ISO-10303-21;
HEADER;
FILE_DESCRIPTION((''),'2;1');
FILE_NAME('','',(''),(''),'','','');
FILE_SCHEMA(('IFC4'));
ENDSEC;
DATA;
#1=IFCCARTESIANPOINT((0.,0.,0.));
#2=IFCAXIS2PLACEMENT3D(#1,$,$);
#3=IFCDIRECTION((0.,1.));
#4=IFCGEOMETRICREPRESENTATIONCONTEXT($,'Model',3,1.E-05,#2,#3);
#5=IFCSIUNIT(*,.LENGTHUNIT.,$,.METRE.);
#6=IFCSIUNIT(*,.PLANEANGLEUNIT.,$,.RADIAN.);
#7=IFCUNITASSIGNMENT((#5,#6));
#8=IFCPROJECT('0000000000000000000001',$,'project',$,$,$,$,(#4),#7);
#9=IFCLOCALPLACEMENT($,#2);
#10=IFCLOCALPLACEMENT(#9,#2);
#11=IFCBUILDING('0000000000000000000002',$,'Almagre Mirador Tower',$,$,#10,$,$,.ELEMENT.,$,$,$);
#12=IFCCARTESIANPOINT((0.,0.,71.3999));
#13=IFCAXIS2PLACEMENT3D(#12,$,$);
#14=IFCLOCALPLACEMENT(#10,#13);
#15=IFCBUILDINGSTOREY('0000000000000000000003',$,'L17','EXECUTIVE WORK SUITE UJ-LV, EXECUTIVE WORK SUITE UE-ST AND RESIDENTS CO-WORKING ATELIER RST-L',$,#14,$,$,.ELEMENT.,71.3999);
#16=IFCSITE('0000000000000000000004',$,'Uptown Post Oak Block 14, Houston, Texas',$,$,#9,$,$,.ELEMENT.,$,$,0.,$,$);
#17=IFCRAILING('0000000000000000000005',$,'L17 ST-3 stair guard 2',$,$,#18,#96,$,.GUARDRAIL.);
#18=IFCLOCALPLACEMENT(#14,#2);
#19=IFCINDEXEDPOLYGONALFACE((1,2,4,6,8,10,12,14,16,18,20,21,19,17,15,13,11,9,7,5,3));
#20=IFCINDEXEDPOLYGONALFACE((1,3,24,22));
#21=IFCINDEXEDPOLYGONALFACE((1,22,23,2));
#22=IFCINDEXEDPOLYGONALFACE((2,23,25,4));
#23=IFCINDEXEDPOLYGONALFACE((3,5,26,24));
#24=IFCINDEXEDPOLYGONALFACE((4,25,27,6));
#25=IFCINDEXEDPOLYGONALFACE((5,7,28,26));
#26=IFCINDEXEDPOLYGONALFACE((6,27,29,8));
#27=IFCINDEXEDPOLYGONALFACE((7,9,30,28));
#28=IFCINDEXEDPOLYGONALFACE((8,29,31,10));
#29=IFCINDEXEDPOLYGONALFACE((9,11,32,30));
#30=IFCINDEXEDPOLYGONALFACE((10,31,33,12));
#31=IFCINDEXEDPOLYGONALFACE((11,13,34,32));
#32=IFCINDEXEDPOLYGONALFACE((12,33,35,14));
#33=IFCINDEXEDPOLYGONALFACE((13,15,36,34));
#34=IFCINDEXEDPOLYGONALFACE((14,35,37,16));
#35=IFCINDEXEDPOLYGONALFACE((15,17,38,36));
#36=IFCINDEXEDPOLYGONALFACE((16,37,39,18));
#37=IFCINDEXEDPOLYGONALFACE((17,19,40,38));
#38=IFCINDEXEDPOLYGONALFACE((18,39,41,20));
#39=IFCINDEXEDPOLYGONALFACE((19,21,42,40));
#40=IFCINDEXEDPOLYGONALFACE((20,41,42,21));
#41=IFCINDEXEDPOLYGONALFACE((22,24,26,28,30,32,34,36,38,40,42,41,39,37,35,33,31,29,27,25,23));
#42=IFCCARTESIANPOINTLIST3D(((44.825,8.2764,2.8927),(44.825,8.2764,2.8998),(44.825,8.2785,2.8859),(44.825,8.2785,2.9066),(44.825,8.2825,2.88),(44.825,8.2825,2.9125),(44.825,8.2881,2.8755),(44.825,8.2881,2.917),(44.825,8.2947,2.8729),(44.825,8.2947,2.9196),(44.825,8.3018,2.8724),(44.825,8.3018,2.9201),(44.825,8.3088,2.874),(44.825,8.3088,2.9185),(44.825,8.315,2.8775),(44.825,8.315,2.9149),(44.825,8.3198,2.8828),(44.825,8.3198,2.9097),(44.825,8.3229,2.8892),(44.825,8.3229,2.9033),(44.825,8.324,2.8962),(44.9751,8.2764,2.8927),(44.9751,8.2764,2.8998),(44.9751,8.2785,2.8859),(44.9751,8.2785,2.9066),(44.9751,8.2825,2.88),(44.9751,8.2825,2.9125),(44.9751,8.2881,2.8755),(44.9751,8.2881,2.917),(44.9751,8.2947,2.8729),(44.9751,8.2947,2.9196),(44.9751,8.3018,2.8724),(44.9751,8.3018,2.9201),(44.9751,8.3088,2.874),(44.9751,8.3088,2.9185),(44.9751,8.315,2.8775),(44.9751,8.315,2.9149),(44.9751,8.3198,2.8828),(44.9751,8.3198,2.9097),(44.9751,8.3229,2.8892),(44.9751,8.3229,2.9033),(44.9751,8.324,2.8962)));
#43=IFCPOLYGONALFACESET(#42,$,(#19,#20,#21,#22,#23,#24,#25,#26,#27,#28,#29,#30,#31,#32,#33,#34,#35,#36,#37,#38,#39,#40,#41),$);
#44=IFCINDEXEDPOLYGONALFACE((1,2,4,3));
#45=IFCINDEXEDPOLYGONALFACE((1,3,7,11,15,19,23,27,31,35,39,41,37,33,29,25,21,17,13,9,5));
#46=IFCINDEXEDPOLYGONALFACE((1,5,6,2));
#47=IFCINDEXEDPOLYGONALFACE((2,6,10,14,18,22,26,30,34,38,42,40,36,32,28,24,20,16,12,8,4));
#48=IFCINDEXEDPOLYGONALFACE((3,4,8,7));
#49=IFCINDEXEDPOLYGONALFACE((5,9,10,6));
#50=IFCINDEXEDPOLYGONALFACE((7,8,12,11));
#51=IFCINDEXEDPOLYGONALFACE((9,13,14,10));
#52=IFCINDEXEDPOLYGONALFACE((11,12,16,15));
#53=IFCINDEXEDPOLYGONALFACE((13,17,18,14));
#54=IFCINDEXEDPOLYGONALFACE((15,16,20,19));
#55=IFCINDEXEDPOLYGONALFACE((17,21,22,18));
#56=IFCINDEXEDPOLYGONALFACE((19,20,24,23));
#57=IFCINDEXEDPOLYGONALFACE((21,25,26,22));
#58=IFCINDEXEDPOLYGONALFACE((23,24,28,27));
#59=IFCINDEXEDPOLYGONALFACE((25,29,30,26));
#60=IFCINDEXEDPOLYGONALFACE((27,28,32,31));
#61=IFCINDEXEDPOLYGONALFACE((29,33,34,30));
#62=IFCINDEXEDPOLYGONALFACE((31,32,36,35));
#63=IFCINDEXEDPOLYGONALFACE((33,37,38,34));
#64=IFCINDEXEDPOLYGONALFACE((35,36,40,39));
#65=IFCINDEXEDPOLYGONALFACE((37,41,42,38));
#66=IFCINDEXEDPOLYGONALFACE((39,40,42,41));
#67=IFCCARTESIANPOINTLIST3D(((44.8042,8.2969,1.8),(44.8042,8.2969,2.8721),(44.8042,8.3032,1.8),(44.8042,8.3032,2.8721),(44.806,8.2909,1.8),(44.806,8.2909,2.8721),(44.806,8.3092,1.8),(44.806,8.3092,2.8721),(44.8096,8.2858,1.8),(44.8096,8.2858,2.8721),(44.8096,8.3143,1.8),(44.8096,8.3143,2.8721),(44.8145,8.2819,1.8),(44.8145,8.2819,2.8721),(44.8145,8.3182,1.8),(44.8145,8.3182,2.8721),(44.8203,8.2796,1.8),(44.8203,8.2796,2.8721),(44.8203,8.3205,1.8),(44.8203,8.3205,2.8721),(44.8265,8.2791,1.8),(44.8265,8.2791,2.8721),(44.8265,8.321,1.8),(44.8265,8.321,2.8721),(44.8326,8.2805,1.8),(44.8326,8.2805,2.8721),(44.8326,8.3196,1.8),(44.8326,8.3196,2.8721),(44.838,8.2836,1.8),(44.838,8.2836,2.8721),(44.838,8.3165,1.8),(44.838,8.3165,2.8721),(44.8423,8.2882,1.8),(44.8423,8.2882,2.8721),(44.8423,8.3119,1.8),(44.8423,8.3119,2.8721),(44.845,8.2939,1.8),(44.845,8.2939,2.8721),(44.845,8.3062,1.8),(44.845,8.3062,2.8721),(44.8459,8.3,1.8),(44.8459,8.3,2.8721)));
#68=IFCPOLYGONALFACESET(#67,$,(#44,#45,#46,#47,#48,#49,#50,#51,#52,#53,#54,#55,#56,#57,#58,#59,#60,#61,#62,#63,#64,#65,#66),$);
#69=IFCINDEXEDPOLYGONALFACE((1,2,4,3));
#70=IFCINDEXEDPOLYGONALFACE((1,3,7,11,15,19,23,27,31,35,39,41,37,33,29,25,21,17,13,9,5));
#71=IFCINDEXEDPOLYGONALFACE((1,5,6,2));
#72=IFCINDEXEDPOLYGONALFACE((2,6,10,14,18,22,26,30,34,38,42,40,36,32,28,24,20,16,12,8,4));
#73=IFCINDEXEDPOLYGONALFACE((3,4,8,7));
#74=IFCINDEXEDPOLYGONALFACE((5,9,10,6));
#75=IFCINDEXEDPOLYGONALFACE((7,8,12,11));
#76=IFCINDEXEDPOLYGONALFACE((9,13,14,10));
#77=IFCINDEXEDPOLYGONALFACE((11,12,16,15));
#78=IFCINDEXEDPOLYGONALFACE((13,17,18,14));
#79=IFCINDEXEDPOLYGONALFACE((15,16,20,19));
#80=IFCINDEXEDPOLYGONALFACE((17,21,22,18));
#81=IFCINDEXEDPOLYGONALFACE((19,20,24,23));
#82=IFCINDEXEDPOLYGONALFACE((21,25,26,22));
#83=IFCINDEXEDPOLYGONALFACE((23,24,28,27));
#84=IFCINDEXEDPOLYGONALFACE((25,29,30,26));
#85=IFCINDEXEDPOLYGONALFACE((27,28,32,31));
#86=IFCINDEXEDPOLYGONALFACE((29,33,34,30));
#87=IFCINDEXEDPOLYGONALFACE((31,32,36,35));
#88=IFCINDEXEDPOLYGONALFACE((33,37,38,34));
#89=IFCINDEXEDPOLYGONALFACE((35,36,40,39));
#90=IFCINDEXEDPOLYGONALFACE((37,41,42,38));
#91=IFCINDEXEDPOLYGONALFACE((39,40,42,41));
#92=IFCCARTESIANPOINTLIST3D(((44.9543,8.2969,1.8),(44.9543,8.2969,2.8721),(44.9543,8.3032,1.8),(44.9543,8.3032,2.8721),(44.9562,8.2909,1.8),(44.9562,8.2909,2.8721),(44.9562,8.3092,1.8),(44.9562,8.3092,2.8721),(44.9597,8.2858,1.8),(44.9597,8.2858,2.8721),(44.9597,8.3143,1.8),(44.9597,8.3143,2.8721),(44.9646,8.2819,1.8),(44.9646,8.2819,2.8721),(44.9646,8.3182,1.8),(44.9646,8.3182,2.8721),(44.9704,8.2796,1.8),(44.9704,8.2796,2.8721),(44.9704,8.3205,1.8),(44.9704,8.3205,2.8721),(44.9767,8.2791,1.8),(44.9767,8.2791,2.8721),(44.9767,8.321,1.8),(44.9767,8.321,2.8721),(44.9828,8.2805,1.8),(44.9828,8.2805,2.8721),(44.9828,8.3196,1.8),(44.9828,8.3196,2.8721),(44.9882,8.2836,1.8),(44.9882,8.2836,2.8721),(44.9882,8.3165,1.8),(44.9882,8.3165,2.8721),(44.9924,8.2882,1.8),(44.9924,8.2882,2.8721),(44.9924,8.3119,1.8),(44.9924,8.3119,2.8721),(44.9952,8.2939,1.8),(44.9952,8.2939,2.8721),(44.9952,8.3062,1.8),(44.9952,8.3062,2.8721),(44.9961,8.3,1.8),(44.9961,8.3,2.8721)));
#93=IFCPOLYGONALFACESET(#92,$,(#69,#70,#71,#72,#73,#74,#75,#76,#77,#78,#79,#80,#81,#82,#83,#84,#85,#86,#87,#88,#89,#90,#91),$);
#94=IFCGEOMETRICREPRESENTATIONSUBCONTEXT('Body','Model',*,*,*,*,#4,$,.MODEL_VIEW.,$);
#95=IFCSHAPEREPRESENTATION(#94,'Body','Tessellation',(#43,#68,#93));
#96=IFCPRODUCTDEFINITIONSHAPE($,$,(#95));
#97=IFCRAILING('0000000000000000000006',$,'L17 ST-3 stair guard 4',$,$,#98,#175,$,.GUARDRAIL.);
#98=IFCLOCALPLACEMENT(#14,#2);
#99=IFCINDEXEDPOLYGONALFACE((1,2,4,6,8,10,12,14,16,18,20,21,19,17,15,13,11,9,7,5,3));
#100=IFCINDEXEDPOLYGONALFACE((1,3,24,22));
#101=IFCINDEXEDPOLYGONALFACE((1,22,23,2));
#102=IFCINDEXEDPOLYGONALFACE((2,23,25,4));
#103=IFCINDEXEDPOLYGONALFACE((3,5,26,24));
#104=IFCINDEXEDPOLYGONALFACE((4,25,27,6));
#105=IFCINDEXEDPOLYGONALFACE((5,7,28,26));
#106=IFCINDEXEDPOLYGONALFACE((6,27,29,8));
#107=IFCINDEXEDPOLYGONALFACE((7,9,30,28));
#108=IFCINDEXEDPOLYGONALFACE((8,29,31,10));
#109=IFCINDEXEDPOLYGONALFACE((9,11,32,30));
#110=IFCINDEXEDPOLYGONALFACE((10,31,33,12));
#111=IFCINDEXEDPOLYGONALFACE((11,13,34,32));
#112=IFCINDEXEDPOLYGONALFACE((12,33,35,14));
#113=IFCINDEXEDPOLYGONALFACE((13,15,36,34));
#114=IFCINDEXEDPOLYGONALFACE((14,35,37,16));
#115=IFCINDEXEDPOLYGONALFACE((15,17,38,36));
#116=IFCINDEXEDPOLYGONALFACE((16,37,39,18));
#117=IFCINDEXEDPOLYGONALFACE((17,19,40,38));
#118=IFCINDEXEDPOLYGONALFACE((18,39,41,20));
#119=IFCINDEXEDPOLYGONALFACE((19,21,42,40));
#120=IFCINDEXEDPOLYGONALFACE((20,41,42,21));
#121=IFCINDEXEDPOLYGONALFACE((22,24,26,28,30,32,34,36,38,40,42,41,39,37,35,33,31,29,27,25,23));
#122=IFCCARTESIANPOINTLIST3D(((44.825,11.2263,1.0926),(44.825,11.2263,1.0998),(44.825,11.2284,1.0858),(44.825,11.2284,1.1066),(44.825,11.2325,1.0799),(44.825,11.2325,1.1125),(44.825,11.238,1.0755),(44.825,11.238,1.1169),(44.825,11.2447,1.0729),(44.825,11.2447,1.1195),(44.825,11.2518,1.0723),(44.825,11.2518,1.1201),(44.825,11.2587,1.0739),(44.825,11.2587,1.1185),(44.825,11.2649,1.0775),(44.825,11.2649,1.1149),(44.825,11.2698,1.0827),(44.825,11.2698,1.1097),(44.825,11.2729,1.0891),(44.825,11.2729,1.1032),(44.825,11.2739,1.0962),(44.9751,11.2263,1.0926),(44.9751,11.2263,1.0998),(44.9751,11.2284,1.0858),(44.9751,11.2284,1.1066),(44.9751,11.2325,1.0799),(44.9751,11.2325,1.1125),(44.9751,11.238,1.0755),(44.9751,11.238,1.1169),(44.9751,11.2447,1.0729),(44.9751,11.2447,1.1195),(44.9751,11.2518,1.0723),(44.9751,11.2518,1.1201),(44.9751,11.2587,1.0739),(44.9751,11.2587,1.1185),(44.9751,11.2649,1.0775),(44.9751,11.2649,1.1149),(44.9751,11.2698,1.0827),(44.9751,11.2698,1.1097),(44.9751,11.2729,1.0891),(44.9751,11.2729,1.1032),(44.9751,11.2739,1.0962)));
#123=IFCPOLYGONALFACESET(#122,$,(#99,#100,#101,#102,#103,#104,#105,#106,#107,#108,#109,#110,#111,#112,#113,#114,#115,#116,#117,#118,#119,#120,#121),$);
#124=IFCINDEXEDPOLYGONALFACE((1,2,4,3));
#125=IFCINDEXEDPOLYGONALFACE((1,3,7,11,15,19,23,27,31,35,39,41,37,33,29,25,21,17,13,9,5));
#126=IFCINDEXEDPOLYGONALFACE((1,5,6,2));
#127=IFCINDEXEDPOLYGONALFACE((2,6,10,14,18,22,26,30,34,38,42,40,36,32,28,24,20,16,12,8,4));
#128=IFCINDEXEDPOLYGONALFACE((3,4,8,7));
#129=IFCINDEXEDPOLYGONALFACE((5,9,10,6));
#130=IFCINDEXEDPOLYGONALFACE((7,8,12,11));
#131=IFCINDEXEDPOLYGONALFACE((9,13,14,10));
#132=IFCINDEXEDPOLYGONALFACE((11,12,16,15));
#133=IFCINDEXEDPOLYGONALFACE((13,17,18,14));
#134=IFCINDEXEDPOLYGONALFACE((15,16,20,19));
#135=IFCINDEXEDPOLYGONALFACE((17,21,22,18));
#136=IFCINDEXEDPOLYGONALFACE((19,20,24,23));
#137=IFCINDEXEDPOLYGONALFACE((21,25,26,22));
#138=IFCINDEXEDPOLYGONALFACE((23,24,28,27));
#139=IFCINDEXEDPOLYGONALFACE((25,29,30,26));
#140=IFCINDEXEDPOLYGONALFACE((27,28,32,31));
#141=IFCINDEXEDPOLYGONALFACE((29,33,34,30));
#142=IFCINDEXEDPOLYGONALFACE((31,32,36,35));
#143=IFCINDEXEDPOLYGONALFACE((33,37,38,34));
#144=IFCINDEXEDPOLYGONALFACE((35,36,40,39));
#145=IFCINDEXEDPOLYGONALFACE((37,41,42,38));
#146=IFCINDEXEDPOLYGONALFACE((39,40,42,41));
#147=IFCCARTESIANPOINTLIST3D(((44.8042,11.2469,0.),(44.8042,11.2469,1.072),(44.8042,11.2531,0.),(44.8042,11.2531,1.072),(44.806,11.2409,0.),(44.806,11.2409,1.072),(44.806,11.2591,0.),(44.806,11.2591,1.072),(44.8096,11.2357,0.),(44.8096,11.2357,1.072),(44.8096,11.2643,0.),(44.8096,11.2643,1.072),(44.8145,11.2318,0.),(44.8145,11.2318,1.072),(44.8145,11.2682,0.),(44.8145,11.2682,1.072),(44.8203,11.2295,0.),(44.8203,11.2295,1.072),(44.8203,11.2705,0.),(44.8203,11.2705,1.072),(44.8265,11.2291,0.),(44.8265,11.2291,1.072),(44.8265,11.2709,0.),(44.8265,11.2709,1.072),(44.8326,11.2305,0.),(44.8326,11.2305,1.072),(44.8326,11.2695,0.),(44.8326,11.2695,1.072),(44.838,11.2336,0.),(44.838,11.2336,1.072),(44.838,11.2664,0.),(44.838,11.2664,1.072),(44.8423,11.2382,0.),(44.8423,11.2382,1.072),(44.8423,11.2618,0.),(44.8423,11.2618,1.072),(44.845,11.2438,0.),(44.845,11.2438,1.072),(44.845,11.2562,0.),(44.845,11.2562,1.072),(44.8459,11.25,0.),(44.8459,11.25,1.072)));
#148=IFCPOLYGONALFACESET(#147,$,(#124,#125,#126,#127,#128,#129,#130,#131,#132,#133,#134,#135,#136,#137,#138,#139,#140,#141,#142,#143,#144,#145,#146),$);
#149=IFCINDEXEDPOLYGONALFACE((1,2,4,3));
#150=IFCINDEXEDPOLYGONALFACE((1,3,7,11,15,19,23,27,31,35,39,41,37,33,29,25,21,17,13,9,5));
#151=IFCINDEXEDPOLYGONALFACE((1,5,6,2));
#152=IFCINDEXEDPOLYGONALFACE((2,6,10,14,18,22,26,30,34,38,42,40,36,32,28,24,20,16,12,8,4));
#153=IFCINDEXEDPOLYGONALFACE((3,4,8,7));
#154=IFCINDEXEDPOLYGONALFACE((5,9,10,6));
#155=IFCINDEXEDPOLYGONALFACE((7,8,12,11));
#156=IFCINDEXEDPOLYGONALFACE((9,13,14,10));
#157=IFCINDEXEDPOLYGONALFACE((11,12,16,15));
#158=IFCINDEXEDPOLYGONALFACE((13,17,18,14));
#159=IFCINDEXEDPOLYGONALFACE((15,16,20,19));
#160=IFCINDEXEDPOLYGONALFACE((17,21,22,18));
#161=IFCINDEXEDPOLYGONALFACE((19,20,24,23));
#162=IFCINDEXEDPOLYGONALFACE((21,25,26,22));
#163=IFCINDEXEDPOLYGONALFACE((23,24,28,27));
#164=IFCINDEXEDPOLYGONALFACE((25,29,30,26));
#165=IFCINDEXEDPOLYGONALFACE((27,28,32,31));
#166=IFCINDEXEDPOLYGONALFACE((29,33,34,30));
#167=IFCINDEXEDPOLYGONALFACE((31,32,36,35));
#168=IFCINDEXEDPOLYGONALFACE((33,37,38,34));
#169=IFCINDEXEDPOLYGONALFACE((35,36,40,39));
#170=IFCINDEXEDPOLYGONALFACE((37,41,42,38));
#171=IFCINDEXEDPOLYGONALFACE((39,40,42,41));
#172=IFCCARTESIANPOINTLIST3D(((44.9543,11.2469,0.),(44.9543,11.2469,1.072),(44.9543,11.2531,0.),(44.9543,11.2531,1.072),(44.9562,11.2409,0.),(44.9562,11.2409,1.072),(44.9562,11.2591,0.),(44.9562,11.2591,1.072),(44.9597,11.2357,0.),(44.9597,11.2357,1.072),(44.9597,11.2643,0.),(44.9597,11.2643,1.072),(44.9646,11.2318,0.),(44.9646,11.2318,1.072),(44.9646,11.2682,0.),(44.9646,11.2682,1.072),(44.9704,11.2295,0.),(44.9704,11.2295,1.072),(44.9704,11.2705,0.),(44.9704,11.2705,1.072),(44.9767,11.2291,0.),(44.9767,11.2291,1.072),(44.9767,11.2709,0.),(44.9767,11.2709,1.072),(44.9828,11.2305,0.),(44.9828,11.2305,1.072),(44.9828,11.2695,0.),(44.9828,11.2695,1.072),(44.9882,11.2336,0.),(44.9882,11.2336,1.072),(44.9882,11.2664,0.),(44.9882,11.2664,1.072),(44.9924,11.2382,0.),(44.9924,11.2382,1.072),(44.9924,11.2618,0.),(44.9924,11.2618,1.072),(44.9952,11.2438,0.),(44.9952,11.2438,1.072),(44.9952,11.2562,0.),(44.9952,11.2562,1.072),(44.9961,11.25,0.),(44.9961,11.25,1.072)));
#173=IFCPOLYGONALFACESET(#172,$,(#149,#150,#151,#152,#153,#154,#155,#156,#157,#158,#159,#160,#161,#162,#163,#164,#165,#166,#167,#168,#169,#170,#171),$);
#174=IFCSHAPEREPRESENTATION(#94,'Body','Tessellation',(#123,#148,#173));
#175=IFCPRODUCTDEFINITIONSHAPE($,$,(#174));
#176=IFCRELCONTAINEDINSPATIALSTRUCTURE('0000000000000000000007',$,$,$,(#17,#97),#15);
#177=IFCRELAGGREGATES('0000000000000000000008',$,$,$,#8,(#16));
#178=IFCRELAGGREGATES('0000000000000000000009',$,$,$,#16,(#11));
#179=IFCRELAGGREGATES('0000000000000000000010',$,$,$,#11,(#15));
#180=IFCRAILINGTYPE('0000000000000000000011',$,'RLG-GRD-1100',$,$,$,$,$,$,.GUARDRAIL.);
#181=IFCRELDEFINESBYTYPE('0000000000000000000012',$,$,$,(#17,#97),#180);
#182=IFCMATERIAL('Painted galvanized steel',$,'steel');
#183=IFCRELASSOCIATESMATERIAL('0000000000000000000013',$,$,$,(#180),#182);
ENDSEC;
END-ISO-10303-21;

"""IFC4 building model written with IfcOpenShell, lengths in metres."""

from ifc_helpers import new_model, si_unit, direction, frame, origin, origin_2d, place, context, subcontext, project, spatial, circle, extrude, material, type_object, element, save


model = new_model("IFC4")

# Units and contexts
model_context = context("Model", 3, precision=1e-05, world=origin(), true_north=direction((0.0, 1.0)))
body_context = subcontext(model_context, "Body", "Model", "MODEL_VIEW")
ifc_project = project(units=[si_unit("LENGTHUNIT", "METRE"), si_unit("PLANEANGLEUNIT", "RADIAN")], contexts=[model_context])

# Site, building, storey
site_placement = place(None, origin())
site = spatial("IfcSite", under=ifc_project, at=site_placement, Name="Uptown Post Oak Block 14, Houston, Texas", CompositionType="ELEMENT", RefElevation=0.0)
building_placement = place(site_placement, origin())
building = spatial("IfcBuilding", under=site, at=building_placement, Name="Almagre Mirador Tower", CompositionType="ELEMENT")
storey_placement = place(building_placement, frame((0.0, 0.0, 71.3999)))
storey = spatial("IfcBuildingStorey", under=building, at=storey_placement, Name="L17", Description="EXECUTIVE WORK SUITE UJ-LV, EXECUTIVE WORK SUITE UE-ST AND RESIDENTS CO-WORKING ATELIER RST-L", CompositionType="ELEMENT", Elevation=71.3999)

# Railings
ifc_material_1 = material(Name="Painted galvanized steel", Category="steel")
railing_type_1 = type_object("IfcRailingType", Name="RLG-GRD-1100", PredefinedType="GUARDRAIL", material=ifc_material_1)
for number, where, name in (
    (1, (44.825, 8.3, 1.8), "L17 ST-3 stair guard 2"),
    (2, (44.825, 11.25, 0.0), "L17 ST-3 stair guard 4"),
):
    element("IfcRailing", number, at=place(storey_placement, frame(where)), inside=storey, type_object=railing_type_1, Name=name, PredefinedType="GUARDRAIL", context=body_context, shape_type="SweptSolid", body=[
        extrude(circle(Radius=0.0239, at=origin_2d()), frame((0.0, 0.0, 1.0962), z_axis=(1.0, 0.0, 0.0), x_axis=(0.0, 1.0, 0.0)), (0.0, 0.0, 1.0), 0.1501),
        extrude(circle(Radius=0.021, at=origin_2d()), origin(), (0.0, 0.0, 1.0), 1.072),
        extrude(circle(Radius=0.021, at=origin_2d()), frame((0.1501, 0.0, 0.0)), (0.0, 0.0, 1.0), 1.072),
    ])

save(model, "model.ifc")
